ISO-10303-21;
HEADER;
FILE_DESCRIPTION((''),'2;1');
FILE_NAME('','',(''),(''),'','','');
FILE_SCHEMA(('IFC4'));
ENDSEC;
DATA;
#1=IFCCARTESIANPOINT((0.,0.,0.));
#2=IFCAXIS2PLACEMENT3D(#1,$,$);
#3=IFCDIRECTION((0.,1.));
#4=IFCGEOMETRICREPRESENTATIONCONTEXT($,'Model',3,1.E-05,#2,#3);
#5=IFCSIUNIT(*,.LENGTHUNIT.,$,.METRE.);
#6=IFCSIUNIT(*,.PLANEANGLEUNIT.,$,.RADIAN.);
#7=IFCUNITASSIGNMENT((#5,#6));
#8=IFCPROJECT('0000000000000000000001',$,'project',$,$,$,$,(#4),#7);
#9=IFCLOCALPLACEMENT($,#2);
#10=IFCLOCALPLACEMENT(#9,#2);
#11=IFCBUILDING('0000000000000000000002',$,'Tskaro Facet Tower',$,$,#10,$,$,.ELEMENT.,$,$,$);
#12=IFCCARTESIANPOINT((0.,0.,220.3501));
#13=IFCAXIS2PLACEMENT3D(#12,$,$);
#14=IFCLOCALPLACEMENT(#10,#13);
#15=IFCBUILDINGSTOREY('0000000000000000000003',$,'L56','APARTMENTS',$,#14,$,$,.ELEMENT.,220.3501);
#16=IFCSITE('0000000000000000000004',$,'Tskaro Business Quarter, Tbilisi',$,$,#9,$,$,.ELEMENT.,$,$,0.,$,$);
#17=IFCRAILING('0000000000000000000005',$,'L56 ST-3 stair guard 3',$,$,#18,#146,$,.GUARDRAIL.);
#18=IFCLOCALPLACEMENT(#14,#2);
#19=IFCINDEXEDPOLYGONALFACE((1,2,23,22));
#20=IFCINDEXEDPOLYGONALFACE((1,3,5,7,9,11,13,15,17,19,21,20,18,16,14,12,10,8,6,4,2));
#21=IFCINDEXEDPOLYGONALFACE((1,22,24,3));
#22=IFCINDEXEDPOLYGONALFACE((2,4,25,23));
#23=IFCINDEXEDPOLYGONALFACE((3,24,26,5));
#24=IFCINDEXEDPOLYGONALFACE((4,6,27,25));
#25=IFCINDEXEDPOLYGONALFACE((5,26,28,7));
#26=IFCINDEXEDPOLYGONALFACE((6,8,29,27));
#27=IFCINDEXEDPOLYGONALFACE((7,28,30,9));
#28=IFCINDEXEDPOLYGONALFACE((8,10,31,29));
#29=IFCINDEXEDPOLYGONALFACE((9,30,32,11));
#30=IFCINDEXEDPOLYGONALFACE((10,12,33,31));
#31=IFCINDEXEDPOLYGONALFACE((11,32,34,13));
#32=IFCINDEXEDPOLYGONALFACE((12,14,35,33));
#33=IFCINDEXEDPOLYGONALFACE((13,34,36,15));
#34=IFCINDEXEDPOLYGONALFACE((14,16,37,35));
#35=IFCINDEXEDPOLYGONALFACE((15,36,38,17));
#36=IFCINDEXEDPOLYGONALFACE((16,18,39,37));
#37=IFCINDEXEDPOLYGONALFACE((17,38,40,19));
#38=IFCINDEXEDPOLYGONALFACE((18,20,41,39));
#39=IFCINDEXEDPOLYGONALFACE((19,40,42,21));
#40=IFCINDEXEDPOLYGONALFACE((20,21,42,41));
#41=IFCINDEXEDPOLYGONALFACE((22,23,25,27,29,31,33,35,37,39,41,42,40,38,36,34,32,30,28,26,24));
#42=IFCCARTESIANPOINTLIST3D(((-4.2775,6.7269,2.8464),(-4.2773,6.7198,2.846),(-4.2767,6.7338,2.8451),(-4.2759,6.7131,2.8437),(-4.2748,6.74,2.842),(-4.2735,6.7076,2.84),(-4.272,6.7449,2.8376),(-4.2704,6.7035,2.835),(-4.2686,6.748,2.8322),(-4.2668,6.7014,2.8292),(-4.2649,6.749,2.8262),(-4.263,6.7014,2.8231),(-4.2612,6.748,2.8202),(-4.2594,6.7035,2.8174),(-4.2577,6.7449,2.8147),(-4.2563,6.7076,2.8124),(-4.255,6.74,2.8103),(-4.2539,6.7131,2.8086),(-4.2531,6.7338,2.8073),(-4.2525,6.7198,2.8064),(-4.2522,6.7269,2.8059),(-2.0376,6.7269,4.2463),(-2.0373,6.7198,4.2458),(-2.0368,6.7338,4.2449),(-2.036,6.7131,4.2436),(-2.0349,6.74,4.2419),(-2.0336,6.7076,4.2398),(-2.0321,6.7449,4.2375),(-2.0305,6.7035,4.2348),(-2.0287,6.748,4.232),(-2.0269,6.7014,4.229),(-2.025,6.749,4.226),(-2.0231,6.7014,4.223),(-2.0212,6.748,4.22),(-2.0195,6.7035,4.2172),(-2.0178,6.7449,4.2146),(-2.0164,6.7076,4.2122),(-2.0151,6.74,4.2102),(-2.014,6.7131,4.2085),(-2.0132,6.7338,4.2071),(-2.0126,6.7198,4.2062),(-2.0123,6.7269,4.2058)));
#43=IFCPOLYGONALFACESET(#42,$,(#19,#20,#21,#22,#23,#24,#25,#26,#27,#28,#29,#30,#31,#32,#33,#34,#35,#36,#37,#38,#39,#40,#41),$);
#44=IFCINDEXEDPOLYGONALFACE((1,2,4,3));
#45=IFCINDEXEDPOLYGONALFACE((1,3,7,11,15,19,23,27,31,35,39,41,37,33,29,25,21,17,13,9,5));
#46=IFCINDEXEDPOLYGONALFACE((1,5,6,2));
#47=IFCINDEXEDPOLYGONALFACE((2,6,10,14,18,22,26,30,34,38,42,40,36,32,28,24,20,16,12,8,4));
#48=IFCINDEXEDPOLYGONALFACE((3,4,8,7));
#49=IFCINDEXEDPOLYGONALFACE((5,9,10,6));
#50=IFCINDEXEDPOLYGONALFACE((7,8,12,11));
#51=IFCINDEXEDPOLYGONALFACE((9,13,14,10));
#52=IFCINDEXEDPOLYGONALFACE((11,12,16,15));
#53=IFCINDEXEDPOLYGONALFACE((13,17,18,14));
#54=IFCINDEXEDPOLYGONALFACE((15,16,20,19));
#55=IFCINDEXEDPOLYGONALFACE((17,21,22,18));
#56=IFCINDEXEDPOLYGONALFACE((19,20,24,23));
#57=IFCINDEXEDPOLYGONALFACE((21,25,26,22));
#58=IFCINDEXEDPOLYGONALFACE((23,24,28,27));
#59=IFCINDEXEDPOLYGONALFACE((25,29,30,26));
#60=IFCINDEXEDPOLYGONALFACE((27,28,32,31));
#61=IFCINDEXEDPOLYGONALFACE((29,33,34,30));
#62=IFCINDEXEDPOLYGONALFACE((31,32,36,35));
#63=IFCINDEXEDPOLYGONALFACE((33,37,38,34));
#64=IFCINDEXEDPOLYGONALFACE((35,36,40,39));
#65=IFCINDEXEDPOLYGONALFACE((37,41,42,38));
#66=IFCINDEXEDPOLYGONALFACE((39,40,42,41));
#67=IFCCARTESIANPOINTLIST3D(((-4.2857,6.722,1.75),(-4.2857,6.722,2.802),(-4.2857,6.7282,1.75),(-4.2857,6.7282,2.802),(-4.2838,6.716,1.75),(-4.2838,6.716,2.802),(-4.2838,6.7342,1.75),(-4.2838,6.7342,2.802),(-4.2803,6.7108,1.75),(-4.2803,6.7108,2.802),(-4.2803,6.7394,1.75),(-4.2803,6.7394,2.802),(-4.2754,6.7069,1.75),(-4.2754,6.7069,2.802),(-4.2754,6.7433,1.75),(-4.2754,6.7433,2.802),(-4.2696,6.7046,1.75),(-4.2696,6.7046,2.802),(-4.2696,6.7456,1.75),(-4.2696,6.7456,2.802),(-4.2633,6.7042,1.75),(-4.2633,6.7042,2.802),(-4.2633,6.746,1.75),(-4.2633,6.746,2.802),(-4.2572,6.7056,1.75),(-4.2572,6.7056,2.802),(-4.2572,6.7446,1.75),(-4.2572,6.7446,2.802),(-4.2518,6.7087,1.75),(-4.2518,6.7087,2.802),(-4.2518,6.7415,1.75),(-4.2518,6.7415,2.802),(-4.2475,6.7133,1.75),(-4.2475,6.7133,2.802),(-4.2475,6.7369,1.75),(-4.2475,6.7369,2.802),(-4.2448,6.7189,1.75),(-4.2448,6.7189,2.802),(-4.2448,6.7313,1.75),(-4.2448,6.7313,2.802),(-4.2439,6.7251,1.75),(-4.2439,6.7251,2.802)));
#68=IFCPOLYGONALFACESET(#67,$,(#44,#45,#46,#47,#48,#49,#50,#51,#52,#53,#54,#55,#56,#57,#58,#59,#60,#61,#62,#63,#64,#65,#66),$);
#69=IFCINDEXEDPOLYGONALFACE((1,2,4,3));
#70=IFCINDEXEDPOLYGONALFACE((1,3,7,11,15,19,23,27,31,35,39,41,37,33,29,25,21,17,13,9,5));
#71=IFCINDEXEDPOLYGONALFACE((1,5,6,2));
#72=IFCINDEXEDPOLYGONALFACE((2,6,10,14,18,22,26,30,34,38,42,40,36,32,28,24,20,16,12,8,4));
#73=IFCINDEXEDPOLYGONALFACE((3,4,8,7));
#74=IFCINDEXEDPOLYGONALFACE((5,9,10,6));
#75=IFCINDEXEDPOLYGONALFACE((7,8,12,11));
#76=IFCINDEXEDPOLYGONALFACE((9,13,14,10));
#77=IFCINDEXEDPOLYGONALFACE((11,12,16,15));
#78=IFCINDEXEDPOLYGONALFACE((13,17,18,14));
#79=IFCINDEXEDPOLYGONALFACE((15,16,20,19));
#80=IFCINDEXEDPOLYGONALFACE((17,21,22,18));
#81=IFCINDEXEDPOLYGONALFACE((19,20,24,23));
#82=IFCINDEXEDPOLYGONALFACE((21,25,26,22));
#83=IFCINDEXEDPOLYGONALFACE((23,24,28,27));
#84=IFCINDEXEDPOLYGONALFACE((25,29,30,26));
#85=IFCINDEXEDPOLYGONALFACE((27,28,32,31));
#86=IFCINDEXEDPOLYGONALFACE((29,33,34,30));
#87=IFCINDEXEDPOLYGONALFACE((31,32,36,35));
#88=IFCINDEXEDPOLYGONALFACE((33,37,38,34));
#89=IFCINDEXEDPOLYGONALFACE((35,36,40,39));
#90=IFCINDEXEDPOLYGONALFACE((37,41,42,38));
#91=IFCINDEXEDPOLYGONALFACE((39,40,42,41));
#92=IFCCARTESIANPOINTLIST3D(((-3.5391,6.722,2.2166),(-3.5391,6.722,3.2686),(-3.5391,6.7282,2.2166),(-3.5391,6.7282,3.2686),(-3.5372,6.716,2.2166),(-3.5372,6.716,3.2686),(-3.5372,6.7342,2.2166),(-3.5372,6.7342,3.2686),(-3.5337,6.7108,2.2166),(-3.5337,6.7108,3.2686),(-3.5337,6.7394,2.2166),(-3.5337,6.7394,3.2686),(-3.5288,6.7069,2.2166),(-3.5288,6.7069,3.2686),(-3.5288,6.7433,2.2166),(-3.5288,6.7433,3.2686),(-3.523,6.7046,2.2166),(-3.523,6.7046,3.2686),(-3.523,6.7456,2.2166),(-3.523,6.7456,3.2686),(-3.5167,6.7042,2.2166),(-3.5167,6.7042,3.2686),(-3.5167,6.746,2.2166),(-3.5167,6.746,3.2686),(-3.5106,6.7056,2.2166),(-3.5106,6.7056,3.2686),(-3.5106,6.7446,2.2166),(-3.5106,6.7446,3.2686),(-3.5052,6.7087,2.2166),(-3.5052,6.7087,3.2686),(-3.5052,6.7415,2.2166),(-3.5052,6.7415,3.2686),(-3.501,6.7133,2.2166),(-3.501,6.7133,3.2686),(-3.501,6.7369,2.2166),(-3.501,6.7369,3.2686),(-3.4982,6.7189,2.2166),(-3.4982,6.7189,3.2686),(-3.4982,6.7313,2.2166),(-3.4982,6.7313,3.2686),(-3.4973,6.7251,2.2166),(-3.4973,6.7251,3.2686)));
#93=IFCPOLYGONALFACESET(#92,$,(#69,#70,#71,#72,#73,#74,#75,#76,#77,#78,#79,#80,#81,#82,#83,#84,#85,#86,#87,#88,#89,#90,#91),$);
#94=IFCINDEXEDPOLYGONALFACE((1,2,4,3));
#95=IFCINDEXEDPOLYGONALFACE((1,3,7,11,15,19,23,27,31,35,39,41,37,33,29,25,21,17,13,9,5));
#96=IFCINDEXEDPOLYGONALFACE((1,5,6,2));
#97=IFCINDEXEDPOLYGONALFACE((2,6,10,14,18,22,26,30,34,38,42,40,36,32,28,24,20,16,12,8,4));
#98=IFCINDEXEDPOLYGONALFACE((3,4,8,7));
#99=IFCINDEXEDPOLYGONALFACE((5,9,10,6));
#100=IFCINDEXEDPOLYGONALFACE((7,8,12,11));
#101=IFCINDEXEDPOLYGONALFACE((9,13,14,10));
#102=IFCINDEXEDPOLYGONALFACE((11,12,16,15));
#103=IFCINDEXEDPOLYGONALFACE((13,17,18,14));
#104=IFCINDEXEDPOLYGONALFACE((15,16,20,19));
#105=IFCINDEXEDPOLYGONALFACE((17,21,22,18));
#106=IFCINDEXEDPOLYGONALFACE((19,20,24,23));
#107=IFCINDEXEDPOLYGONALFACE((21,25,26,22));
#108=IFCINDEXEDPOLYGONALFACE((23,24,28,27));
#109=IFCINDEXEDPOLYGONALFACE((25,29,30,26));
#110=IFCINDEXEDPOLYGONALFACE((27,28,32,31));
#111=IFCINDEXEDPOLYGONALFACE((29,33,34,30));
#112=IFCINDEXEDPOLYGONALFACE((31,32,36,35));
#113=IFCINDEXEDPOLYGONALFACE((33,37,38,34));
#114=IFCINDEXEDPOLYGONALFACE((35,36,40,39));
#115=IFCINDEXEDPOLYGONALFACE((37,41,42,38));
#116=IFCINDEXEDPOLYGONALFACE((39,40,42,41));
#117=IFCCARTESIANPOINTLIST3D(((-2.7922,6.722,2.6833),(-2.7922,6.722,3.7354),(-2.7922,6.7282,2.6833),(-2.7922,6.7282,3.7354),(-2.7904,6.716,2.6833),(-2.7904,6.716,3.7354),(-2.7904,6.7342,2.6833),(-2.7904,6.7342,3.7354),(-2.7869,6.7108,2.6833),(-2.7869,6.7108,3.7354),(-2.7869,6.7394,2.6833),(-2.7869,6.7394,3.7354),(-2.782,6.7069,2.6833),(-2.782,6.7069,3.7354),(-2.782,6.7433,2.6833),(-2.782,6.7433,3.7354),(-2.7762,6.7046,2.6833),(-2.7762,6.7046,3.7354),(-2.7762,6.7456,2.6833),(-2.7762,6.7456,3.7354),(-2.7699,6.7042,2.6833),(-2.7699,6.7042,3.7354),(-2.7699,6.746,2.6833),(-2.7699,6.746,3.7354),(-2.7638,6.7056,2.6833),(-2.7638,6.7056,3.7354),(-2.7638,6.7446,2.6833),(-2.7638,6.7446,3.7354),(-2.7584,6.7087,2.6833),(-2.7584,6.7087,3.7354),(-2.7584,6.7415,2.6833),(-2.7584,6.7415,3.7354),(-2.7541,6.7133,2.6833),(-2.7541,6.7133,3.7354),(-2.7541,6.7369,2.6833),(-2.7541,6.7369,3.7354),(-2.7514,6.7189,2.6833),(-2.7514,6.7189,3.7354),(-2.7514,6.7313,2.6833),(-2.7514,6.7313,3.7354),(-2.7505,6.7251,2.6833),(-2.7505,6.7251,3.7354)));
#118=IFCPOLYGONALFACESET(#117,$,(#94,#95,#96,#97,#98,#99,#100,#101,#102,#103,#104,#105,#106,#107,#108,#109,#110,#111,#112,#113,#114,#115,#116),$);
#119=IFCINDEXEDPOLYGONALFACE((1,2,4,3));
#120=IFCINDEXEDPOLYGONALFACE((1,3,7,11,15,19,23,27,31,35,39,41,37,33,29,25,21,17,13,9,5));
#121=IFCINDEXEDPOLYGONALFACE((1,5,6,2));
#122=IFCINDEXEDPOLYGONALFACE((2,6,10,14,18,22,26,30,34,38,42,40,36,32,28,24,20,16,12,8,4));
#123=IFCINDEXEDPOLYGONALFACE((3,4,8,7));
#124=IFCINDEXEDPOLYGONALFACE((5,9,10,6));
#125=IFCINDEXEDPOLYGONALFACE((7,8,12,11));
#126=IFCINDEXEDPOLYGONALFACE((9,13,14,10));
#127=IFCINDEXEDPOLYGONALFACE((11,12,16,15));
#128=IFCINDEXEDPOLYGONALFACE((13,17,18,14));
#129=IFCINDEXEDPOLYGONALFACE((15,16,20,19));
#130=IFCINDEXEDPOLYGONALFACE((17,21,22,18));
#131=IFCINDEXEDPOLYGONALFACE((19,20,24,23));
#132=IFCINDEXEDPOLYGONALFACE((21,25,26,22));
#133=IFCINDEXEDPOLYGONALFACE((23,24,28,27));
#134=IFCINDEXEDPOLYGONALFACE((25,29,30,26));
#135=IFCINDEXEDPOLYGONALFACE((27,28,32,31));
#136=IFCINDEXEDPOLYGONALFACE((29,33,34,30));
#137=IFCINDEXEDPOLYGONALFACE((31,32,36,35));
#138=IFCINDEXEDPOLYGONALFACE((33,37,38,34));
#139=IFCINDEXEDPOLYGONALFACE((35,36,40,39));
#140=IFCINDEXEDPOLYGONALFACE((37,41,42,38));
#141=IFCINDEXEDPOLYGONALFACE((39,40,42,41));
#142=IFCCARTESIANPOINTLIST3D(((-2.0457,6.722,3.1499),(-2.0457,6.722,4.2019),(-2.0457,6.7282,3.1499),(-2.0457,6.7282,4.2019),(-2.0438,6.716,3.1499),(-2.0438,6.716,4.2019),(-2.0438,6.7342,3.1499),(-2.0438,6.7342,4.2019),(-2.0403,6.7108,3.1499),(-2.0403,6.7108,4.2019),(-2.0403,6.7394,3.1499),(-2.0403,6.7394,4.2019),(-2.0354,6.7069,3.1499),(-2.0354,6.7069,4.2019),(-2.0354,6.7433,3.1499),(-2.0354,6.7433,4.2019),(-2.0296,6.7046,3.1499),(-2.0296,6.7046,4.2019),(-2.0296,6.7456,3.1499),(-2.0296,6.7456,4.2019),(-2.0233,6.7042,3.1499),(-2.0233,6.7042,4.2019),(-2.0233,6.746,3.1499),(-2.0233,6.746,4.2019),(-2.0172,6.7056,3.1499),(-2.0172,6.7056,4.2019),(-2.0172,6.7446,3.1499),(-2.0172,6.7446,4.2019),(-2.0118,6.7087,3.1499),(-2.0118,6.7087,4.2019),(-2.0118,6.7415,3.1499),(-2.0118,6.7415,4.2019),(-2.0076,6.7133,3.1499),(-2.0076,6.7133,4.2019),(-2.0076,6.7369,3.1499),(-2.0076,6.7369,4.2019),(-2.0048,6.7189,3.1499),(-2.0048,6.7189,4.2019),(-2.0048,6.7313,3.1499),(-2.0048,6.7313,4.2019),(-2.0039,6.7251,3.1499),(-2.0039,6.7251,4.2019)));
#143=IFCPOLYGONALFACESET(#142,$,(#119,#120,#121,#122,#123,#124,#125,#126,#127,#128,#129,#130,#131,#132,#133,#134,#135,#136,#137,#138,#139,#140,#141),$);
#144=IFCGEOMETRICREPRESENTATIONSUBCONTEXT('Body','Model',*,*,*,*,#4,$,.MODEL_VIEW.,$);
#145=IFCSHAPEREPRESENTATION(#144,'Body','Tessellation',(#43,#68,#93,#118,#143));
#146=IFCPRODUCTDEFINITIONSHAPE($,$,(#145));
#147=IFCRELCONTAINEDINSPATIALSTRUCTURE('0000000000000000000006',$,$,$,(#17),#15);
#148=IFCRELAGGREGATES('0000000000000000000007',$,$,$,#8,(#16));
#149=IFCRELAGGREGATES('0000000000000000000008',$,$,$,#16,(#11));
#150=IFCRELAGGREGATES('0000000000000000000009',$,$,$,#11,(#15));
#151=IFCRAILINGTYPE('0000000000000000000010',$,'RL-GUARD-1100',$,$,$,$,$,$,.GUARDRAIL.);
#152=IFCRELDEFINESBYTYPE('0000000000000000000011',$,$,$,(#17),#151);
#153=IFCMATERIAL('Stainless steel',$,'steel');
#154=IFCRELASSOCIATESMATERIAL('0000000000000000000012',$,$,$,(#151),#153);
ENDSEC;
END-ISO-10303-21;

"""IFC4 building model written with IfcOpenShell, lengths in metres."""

from ifc_helpers import new_model, si_unit, direction, frame, origin, origin_2d, place, context, subcontext, project, spatial, circle, extrude, material, type_object, element, save


model = new_model("IFC4")

# Units and contexts
model_context = context("Model", 3, precision=1e-05, world=origin(), true_north=direction((0.0, 1.0)))
body_context = subcontext(model_context, "Body", "Model", "MODEL_VIEW")
ifc_project = project(units=[si_unit("LENGTHUNIT", "METRE"), si_unit("PLANEANGLEUNIT", "RADIAN")], contexts=[model_context])

# Site, building, storey
site_placement = place(None, origin())
site = spatial("IfcSite", under=ifc_project, at=site_placement, Name="Tskaro Business Quarter, Tbilisi", CompositionType="ELEMENT", RefElevation=0.0)
building_placement = place(site_placement, origin())
building = spatial("IfcBuilding", under=site, at=building_placement, Name="Tskaro Facet Tower", CompositionType="ELEMENT")
storey_placement = place(building_placement, frame((0.0, 0.0, 220.3501)))
storey = spatial("IfcBuildingStorey", under=building, at=storey_placement, Name="L56", Description="APARTMENTS", CompositionType="ELEMENT", Elevation=220.3501)

# Railing
ifc_material_1 = material(Name="Stainless steel", Category="steel")
railing_type_1 = type_object("IfcRailingType", Name="RL-GUARD-1100", PredefinedType="GUARDRAIL", material=ifc_material_1)
railing_1_placement = place(storey_placement, frame((-4.2649, 6.7251, 1.75)))
element("IfcRailing", 1, at=railing_1_placement, inside=storey, type_object=railing_type_1, Name="L56 ST-3 stair guard 3", PredefinedType="GUARDRAIL", context=body_context, shape_type="SweptSolid", body=[
    extrude(circle(Radius=0.0239, at=origin_2d()), frame((0.0, 0.0, 1.0762), z_axis=(0.848014, 0.0, 0.529974), x_axis=(0.0, 1.0, 0.0)), (0.0, 0.0, 1.0), 2.6414),
    extrude(circle(Radius=0.021, at=origin_2d()), origin(), (0.0, 0.0, 1.0), 1.052),
    extrude(circle(Radius=0.021, at=origin_2d()), frame((0.7466, 0.0, 0.4666)), (0.0, 0.0, 1.0), 1.052),
    extrude(circle(Radius=0.021, at=origin_2d()), frame((1.4934, 0.0, 0.9333)), (0.0, 0.0, 1.0), 1.052),
    extrude(circle(Radius=0.021, at=origin_2d()), frame((2.24, 0.0, 1.3999)), (0.0, 0.0, 1.0), 1.052),
])

save(model, "model.ifc")
